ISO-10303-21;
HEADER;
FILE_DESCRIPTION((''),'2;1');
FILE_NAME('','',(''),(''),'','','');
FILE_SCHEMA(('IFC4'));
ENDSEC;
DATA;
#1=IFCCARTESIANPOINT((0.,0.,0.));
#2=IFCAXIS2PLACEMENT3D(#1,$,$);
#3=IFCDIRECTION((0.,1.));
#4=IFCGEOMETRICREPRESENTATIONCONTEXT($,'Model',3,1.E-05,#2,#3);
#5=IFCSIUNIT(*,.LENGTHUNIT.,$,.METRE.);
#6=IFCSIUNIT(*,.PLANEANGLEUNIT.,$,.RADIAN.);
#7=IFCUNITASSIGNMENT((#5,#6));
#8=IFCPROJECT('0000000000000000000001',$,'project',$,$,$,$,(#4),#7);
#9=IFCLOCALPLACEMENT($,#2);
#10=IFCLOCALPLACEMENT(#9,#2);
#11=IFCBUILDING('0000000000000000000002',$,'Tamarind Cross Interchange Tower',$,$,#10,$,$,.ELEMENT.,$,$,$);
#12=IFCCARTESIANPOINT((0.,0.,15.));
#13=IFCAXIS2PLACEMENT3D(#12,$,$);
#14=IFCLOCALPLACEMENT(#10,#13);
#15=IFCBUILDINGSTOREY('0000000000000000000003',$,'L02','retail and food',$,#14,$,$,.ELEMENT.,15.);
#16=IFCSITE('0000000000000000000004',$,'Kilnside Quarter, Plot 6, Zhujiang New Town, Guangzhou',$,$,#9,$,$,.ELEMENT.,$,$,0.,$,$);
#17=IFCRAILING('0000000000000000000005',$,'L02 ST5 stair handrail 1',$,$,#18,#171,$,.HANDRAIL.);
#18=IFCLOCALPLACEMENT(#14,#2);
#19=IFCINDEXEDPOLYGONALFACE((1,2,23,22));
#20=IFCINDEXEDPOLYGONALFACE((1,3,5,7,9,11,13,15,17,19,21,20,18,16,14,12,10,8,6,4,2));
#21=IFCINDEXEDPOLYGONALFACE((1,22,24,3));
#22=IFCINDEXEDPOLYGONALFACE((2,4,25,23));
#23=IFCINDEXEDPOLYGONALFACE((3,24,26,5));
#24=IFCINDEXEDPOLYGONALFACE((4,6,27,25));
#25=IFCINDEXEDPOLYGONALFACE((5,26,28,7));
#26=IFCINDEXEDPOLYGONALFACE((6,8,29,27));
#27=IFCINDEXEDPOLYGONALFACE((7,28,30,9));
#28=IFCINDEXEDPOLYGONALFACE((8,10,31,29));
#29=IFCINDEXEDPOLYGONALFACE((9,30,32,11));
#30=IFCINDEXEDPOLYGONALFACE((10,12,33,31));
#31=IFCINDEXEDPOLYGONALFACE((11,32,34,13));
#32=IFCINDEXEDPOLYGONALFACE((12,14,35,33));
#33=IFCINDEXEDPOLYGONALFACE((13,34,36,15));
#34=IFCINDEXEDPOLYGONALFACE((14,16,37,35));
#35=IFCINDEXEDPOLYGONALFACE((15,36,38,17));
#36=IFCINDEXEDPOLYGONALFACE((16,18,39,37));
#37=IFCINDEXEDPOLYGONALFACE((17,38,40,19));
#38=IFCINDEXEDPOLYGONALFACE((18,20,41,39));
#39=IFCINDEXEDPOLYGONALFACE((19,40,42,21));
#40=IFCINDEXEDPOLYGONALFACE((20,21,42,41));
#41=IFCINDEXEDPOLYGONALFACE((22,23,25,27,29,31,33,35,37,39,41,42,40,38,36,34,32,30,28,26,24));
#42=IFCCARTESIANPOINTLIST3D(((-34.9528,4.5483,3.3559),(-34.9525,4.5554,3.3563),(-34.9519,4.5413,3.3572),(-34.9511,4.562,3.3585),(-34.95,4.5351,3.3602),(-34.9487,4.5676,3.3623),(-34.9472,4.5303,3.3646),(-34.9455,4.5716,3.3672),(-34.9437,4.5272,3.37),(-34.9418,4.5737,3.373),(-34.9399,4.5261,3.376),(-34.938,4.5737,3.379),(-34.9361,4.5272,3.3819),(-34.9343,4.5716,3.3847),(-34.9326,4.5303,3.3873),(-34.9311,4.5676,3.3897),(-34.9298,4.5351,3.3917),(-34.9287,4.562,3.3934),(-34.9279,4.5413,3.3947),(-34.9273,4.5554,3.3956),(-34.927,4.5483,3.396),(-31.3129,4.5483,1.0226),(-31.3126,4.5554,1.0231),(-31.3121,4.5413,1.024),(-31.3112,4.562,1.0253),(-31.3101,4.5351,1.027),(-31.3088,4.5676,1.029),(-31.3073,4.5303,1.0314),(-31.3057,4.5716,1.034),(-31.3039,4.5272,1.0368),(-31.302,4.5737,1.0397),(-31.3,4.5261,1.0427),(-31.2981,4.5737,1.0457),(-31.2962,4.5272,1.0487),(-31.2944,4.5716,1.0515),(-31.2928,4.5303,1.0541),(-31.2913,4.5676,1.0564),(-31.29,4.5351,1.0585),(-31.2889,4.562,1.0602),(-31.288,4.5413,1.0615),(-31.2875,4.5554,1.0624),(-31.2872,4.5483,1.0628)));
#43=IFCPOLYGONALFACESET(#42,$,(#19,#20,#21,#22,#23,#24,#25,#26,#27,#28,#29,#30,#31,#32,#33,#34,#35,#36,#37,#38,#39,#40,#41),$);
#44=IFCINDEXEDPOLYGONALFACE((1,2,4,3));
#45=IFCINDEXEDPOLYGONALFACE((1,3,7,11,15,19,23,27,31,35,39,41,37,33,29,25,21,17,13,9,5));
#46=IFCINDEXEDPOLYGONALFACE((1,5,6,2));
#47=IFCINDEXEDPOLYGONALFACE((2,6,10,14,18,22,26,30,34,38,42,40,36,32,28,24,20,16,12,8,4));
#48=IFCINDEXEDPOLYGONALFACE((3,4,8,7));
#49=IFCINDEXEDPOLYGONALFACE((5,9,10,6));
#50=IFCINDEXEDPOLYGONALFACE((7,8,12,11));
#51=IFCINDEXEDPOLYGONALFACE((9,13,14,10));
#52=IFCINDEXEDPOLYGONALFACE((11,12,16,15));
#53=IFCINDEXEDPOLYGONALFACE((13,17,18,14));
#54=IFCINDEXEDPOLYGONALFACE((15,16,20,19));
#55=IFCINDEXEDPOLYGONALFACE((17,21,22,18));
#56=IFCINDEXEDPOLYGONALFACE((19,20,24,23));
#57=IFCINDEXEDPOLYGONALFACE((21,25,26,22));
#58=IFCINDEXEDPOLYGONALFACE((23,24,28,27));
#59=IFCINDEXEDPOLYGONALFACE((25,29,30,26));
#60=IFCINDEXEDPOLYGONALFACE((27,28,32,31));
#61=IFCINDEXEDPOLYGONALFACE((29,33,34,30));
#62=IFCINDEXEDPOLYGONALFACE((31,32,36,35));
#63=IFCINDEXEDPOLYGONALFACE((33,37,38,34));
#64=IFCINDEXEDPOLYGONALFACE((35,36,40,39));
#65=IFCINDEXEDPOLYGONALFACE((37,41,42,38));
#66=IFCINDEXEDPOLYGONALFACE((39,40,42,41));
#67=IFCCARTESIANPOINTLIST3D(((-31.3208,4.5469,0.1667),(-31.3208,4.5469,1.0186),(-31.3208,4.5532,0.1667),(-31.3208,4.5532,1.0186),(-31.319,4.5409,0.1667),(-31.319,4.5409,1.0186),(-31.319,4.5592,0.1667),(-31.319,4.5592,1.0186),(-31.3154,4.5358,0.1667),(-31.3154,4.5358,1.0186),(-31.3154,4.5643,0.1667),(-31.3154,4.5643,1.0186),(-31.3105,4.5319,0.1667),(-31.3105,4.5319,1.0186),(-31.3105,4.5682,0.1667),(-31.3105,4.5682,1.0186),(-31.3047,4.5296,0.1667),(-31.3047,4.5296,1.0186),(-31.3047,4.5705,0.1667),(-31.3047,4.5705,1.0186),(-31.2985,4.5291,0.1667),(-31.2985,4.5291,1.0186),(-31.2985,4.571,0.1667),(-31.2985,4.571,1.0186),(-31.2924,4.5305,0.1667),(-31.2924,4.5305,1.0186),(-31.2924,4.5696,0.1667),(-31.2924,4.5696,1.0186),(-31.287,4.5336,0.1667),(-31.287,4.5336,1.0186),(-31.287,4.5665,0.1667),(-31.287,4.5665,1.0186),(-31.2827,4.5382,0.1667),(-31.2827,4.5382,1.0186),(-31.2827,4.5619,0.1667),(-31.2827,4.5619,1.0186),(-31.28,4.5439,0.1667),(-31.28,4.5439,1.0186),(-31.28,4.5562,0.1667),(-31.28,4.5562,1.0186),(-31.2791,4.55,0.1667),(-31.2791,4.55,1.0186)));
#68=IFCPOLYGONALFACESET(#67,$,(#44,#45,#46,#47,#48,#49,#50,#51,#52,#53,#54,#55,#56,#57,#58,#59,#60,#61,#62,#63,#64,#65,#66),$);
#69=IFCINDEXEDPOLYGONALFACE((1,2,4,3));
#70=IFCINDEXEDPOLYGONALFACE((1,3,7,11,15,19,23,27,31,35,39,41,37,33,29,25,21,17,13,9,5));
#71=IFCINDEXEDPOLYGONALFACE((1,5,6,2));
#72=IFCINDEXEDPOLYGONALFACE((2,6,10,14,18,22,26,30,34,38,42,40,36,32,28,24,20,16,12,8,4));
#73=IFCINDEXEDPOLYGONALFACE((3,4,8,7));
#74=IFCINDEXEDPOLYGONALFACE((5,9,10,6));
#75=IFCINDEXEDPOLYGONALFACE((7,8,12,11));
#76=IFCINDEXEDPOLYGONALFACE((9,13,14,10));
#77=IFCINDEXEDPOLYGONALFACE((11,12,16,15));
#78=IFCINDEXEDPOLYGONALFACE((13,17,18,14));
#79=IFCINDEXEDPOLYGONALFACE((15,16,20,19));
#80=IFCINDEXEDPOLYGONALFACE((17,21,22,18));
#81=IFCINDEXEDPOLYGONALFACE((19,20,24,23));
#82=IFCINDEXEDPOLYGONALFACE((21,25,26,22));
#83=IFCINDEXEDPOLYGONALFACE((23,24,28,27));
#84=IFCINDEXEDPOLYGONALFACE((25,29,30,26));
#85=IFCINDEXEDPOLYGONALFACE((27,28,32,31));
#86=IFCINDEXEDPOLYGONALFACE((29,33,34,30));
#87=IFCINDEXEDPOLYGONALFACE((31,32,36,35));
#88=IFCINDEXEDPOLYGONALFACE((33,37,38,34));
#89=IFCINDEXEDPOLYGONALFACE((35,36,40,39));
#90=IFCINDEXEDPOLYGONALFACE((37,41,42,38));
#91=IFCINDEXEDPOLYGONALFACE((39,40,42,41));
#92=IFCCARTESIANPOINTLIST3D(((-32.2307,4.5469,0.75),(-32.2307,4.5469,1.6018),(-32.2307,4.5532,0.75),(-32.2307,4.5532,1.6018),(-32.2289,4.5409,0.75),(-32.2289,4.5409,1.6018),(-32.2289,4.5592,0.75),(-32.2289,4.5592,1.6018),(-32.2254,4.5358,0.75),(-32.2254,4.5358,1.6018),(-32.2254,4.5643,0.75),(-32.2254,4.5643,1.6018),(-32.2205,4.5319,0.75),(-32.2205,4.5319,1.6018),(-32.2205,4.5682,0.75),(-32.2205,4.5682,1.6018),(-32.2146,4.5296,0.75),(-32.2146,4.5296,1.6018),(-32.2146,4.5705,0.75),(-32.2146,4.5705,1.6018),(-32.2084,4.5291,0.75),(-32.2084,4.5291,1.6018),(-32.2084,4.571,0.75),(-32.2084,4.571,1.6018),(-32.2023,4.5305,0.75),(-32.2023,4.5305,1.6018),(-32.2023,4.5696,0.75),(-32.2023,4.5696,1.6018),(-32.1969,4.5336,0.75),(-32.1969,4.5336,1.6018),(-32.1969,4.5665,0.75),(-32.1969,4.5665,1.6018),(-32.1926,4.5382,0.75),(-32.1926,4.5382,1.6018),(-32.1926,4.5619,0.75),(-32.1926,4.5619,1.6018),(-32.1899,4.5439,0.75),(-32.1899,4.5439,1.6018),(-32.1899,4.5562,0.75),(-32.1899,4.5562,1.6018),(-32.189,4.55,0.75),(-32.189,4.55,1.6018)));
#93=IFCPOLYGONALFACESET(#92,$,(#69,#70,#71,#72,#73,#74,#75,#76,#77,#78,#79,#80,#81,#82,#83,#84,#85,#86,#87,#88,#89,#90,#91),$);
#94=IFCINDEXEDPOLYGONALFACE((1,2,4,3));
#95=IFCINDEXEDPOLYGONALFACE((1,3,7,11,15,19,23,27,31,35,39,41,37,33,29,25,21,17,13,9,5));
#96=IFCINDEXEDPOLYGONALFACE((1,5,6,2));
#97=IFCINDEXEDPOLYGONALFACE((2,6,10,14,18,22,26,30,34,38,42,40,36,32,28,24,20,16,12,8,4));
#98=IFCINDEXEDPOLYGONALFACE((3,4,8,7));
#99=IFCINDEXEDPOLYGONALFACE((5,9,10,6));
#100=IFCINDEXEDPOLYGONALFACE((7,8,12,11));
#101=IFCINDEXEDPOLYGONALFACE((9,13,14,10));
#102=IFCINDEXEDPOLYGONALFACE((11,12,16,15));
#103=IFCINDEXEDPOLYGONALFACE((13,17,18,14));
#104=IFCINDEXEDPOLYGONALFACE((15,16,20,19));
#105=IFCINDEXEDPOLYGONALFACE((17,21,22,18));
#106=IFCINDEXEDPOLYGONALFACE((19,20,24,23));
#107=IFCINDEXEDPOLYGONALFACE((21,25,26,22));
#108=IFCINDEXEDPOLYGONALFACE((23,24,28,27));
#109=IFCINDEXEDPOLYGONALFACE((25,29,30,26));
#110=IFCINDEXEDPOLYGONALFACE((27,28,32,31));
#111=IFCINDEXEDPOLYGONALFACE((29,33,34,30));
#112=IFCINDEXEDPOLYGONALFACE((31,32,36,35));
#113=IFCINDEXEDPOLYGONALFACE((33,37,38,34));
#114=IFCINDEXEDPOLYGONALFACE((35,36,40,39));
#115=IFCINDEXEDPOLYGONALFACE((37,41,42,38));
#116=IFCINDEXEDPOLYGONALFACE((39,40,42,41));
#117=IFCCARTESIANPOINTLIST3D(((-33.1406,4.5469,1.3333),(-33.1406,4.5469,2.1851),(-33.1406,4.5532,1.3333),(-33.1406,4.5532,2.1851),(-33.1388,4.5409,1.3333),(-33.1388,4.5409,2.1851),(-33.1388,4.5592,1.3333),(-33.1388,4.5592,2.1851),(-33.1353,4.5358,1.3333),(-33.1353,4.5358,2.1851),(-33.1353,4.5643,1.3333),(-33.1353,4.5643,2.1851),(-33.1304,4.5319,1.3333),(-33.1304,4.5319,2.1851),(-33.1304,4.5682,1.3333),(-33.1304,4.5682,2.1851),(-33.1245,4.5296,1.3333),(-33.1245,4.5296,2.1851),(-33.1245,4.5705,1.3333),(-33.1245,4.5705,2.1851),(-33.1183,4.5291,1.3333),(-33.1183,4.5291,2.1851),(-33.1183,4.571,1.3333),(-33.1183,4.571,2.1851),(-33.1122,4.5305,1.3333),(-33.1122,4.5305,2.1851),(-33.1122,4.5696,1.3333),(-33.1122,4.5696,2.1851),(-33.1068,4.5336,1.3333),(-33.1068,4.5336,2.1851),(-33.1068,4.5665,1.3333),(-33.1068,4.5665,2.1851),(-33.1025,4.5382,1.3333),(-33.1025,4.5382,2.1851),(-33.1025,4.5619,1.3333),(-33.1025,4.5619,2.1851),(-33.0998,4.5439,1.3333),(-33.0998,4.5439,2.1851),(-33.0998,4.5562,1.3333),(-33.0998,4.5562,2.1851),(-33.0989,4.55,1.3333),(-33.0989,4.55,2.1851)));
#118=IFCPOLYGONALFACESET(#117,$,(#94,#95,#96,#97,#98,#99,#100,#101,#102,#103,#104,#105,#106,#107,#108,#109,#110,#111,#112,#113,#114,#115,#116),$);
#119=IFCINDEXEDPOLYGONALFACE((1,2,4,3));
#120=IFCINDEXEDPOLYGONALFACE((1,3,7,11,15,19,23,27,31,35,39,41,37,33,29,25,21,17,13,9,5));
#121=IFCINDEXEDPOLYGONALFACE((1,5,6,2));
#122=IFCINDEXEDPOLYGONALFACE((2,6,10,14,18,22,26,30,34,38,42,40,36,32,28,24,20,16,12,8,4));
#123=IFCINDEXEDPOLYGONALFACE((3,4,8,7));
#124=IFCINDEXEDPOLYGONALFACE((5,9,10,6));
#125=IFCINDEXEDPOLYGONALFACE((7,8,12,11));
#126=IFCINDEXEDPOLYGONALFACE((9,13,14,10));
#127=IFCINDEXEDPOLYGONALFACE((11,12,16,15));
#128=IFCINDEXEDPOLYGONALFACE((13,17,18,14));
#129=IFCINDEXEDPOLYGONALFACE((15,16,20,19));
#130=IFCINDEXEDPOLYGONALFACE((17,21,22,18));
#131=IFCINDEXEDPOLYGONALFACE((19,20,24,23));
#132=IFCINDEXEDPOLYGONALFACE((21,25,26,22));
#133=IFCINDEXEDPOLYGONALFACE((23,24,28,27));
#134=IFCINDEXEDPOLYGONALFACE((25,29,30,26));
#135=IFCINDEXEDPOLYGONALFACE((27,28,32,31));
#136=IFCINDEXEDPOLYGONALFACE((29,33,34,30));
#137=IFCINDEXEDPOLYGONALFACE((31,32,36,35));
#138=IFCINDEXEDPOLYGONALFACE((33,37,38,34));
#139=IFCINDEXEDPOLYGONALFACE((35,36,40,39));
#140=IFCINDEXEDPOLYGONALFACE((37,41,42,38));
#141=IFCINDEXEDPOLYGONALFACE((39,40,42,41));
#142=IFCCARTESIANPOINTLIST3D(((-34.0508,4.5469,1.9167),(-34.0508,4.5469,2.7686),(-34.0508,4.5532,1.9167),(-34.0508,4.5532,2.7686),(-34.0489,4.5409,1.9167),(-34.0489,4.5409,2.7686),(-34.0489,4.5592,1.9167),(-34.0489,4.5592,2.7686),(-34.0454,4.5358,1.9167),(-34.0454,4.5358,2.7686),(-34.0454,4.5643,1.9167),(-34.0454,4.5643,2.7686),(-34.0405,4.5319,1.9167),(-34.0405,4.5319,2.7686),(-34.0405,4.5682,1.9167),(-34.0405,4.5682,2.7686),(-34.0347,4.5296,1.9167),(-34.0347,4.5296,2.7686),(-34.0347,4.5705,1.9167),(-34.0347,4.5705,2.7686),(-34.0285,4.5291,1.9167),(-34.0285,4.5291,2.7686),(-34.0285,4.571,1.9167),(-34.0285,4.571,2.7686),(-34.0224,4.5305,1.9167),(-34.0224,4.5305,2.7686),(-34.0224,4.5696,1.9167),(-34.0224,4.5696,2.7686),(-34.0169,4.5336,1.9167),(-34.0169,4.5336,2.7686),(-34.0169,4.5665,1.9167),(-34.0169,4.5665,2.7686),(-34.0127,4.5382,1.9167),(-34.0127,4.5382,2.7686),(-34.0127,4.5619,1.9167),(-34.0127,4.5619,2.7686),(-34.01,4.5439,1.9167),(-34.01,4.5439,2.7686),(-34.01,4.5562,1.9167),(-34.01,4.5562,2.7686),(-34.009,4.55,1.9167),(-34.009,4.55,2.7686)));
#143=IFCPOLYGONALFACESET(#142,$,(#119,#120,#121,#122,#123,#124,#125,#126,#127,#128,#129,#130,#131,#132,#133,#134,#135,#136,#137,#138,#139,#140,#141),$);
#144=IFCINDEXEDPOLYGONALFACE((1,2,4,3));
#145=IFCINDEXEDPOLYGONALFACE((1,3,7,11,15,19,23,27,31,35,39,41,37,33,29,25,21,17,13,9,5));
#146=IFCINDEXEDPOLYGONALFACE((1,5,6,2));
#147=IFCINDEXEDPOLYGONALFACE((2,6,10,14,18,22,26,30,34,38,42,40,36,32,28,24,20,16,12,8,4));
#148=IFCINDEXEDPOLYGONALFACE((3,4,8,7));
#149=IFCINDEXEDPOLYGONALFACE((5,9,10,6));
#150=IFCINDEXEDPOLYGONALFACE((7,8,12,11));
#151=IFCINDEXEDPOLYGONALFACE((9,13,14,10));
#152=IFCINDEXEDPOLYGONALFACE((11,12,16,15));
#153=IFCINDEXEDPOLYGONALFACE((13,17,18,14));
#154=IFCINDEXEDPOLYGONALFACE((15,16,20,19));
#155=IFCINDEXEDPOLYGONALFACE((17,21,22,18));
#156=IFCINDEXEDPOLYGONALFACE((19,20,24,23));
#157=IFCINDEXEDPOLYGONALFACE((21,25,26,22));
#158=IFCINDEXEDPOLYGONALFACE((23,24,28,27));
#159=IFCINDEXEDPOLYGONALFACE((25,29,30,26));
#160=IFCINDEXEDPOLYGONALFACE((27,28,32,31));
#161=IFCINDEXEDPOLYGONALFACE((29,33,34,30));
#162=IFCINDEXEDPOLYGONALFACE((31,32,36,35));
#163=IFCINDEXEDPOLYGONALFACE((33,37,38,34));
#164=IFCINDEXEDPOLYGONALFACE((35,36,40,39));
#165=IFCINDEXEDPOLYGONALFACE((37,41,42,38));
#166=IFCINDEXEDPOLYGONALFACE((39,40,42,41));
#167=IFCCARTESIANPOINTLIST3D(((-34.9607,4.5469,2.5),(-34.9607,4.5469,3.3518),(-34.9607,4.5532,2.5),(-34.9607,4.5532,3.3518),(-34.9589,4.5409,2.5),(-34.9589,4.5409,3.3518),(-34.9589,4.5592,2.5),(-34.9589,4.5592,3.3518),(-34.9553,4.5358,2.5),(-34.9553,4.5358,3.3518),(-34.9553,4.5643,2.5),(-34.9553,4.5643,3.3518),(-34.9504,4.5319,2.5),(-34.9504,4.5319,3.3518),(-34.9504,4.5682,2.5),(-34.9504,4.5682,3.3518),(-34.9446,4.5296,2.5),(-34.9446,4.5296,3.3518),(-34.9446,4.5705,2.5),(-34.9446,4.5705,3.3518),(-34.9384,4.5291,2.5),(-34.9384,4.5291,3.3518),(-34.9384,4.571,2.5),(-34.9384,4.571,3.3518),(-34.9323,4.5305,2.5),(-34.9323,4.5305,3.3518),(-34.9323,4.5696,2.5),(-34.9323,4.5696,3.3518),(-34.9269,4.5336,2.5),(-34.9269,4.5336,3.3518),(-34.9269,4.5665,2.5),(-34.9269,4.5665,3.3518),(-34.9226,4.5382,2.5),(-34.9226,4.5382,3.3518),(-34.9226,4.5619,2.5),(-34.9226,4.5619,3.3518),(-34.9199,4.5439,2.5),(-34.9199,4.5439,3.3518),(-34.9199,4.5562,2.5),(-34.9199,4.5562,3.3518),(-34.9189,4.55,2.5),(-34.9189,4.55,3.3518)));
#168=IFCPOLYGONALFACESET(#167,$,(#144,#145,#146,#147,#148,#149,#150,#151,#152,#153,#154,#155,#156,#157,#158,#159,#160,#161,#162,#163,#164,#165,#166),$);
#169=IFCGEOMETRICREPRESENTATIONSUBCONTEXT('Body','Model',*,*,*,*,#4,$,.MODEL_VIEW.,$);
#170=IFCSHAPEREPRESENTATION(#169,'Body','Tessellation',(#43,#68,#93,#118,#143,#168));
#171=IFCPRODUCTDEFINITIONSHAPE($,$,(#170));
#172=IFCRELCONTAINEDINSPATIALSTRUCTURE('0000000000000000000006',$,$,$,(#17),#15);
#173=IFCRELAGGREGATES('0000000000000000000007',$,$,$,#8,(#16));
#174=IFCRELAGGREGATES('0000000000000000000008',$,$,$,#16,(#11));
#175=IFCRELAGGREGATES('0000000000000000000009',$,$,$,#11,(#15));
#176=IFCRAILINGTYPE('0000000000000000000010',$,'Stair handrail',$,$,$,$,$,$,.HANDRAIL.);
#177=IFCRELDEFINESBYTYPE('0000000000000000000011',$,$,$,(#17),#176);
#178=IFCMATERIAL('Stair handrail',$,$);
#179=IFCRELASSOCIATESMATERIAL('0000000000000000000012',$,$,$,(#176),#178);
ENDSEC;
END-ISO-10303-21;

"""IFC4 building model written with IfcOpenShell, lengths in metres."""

from ifc_helpers import new_model, si_unit, direction, frame, origin, origin_2d, place, context, subcontext, project, spatial, circle, extrude, material, type_object, element, save


model = new_model("IFC4")

# Units and contexts
model_context = context("Model", 3, precision=1e-05, world=origin(), true_north=direction((0.0, 1.0)))
body_context = subcontext(model_context, "Body", "Model", "MODEL_VIEW")
ifc_project = project(units=[si_unit("LENGTHUNIT", "METRE"), si_unit("PLANEANGLEUNIT", "RADIAN")], contexts=[model_context])

# Site, building, storey
site_placement = place(None, origin())
site = spatial("IfcSite", under=ifc_project, at=site_placement, Name="Kilnside Quarter, Plot 6, Zhujiang New Town, Guangzhou", CompositionType="ELEMENT", RefElevation=0.0)
building_placement = place(site_placement, origin())
building = spatial("IfcBuilding", under=site, at=building_placement, Name="Tamarind Cross Interchange Tower", CompositionType="ELEMENT")
storey_placement = place(building_placement, frame((0.0, 0.0, 15.0)))
storey = spatial("IfcBuildingStorey", under=building, at=storey_placement, Name="L02", Description="retail and food", CompositionType="ELEMENT", Elevation=15.0)

# Railing
ifc_material_1 = material(Name="Stair handrail")
railing_type_1 = type_object("IfcRailingType", Name="Stair handrail", PredefinedType="HANDRAIL", material=ifc_material_1)
railing_1_placement = place(storey_placement, frame((-31.3, 4.55, 0.1667)))
element("IfcRailing", 1, at=railing_1_placement, inside=storey, type_object=railing_type_1, Name="L02 ST5 stair handrail 1", PredefinedType="HANDRAIL", context=body_context, shape_type="SweptSolid", body=[
    extrude(circle(Radius=0.0239, at=origin_2d()), frame((0.0, 0.0, 0.876), z_axis=(-0.84188, 0.0, 0.539664), x_axis=(0.0, -1.0, 0.0)), (0.0, 0.0, 1.0), 4.3235),
    extrude(circle(Radius=0.021, at=origin_2d()), origin(), (0.0, 0.0, 1.0), 0.8518),
    extrude(circle(Radius=0.021, at=origin_2d()), frame((-0.9099, 0.0, 0.5833)), (0.0, 0.0, 1.0), 0.8518),
    extrude(circle(Radius=0.021, at=origin_2d()), frame((-1.8198, 0.0, 1.1665)), (0.0, 0.0, 1.0), 0.8518),
    extrude(circle(Radius=0.021, at=origin_2d()), frame((-2.73, 0.0, 1.75)), (0.0, 0.0, 1.0), 0.8518),
    extrude(circle(Radius=0.021, at=origin_2d()), frame((-3.6399, 0.0, 2.3333)), (0.0, 0.0, 1.0), 0.8518),
])

save(model, "model.ifc")
